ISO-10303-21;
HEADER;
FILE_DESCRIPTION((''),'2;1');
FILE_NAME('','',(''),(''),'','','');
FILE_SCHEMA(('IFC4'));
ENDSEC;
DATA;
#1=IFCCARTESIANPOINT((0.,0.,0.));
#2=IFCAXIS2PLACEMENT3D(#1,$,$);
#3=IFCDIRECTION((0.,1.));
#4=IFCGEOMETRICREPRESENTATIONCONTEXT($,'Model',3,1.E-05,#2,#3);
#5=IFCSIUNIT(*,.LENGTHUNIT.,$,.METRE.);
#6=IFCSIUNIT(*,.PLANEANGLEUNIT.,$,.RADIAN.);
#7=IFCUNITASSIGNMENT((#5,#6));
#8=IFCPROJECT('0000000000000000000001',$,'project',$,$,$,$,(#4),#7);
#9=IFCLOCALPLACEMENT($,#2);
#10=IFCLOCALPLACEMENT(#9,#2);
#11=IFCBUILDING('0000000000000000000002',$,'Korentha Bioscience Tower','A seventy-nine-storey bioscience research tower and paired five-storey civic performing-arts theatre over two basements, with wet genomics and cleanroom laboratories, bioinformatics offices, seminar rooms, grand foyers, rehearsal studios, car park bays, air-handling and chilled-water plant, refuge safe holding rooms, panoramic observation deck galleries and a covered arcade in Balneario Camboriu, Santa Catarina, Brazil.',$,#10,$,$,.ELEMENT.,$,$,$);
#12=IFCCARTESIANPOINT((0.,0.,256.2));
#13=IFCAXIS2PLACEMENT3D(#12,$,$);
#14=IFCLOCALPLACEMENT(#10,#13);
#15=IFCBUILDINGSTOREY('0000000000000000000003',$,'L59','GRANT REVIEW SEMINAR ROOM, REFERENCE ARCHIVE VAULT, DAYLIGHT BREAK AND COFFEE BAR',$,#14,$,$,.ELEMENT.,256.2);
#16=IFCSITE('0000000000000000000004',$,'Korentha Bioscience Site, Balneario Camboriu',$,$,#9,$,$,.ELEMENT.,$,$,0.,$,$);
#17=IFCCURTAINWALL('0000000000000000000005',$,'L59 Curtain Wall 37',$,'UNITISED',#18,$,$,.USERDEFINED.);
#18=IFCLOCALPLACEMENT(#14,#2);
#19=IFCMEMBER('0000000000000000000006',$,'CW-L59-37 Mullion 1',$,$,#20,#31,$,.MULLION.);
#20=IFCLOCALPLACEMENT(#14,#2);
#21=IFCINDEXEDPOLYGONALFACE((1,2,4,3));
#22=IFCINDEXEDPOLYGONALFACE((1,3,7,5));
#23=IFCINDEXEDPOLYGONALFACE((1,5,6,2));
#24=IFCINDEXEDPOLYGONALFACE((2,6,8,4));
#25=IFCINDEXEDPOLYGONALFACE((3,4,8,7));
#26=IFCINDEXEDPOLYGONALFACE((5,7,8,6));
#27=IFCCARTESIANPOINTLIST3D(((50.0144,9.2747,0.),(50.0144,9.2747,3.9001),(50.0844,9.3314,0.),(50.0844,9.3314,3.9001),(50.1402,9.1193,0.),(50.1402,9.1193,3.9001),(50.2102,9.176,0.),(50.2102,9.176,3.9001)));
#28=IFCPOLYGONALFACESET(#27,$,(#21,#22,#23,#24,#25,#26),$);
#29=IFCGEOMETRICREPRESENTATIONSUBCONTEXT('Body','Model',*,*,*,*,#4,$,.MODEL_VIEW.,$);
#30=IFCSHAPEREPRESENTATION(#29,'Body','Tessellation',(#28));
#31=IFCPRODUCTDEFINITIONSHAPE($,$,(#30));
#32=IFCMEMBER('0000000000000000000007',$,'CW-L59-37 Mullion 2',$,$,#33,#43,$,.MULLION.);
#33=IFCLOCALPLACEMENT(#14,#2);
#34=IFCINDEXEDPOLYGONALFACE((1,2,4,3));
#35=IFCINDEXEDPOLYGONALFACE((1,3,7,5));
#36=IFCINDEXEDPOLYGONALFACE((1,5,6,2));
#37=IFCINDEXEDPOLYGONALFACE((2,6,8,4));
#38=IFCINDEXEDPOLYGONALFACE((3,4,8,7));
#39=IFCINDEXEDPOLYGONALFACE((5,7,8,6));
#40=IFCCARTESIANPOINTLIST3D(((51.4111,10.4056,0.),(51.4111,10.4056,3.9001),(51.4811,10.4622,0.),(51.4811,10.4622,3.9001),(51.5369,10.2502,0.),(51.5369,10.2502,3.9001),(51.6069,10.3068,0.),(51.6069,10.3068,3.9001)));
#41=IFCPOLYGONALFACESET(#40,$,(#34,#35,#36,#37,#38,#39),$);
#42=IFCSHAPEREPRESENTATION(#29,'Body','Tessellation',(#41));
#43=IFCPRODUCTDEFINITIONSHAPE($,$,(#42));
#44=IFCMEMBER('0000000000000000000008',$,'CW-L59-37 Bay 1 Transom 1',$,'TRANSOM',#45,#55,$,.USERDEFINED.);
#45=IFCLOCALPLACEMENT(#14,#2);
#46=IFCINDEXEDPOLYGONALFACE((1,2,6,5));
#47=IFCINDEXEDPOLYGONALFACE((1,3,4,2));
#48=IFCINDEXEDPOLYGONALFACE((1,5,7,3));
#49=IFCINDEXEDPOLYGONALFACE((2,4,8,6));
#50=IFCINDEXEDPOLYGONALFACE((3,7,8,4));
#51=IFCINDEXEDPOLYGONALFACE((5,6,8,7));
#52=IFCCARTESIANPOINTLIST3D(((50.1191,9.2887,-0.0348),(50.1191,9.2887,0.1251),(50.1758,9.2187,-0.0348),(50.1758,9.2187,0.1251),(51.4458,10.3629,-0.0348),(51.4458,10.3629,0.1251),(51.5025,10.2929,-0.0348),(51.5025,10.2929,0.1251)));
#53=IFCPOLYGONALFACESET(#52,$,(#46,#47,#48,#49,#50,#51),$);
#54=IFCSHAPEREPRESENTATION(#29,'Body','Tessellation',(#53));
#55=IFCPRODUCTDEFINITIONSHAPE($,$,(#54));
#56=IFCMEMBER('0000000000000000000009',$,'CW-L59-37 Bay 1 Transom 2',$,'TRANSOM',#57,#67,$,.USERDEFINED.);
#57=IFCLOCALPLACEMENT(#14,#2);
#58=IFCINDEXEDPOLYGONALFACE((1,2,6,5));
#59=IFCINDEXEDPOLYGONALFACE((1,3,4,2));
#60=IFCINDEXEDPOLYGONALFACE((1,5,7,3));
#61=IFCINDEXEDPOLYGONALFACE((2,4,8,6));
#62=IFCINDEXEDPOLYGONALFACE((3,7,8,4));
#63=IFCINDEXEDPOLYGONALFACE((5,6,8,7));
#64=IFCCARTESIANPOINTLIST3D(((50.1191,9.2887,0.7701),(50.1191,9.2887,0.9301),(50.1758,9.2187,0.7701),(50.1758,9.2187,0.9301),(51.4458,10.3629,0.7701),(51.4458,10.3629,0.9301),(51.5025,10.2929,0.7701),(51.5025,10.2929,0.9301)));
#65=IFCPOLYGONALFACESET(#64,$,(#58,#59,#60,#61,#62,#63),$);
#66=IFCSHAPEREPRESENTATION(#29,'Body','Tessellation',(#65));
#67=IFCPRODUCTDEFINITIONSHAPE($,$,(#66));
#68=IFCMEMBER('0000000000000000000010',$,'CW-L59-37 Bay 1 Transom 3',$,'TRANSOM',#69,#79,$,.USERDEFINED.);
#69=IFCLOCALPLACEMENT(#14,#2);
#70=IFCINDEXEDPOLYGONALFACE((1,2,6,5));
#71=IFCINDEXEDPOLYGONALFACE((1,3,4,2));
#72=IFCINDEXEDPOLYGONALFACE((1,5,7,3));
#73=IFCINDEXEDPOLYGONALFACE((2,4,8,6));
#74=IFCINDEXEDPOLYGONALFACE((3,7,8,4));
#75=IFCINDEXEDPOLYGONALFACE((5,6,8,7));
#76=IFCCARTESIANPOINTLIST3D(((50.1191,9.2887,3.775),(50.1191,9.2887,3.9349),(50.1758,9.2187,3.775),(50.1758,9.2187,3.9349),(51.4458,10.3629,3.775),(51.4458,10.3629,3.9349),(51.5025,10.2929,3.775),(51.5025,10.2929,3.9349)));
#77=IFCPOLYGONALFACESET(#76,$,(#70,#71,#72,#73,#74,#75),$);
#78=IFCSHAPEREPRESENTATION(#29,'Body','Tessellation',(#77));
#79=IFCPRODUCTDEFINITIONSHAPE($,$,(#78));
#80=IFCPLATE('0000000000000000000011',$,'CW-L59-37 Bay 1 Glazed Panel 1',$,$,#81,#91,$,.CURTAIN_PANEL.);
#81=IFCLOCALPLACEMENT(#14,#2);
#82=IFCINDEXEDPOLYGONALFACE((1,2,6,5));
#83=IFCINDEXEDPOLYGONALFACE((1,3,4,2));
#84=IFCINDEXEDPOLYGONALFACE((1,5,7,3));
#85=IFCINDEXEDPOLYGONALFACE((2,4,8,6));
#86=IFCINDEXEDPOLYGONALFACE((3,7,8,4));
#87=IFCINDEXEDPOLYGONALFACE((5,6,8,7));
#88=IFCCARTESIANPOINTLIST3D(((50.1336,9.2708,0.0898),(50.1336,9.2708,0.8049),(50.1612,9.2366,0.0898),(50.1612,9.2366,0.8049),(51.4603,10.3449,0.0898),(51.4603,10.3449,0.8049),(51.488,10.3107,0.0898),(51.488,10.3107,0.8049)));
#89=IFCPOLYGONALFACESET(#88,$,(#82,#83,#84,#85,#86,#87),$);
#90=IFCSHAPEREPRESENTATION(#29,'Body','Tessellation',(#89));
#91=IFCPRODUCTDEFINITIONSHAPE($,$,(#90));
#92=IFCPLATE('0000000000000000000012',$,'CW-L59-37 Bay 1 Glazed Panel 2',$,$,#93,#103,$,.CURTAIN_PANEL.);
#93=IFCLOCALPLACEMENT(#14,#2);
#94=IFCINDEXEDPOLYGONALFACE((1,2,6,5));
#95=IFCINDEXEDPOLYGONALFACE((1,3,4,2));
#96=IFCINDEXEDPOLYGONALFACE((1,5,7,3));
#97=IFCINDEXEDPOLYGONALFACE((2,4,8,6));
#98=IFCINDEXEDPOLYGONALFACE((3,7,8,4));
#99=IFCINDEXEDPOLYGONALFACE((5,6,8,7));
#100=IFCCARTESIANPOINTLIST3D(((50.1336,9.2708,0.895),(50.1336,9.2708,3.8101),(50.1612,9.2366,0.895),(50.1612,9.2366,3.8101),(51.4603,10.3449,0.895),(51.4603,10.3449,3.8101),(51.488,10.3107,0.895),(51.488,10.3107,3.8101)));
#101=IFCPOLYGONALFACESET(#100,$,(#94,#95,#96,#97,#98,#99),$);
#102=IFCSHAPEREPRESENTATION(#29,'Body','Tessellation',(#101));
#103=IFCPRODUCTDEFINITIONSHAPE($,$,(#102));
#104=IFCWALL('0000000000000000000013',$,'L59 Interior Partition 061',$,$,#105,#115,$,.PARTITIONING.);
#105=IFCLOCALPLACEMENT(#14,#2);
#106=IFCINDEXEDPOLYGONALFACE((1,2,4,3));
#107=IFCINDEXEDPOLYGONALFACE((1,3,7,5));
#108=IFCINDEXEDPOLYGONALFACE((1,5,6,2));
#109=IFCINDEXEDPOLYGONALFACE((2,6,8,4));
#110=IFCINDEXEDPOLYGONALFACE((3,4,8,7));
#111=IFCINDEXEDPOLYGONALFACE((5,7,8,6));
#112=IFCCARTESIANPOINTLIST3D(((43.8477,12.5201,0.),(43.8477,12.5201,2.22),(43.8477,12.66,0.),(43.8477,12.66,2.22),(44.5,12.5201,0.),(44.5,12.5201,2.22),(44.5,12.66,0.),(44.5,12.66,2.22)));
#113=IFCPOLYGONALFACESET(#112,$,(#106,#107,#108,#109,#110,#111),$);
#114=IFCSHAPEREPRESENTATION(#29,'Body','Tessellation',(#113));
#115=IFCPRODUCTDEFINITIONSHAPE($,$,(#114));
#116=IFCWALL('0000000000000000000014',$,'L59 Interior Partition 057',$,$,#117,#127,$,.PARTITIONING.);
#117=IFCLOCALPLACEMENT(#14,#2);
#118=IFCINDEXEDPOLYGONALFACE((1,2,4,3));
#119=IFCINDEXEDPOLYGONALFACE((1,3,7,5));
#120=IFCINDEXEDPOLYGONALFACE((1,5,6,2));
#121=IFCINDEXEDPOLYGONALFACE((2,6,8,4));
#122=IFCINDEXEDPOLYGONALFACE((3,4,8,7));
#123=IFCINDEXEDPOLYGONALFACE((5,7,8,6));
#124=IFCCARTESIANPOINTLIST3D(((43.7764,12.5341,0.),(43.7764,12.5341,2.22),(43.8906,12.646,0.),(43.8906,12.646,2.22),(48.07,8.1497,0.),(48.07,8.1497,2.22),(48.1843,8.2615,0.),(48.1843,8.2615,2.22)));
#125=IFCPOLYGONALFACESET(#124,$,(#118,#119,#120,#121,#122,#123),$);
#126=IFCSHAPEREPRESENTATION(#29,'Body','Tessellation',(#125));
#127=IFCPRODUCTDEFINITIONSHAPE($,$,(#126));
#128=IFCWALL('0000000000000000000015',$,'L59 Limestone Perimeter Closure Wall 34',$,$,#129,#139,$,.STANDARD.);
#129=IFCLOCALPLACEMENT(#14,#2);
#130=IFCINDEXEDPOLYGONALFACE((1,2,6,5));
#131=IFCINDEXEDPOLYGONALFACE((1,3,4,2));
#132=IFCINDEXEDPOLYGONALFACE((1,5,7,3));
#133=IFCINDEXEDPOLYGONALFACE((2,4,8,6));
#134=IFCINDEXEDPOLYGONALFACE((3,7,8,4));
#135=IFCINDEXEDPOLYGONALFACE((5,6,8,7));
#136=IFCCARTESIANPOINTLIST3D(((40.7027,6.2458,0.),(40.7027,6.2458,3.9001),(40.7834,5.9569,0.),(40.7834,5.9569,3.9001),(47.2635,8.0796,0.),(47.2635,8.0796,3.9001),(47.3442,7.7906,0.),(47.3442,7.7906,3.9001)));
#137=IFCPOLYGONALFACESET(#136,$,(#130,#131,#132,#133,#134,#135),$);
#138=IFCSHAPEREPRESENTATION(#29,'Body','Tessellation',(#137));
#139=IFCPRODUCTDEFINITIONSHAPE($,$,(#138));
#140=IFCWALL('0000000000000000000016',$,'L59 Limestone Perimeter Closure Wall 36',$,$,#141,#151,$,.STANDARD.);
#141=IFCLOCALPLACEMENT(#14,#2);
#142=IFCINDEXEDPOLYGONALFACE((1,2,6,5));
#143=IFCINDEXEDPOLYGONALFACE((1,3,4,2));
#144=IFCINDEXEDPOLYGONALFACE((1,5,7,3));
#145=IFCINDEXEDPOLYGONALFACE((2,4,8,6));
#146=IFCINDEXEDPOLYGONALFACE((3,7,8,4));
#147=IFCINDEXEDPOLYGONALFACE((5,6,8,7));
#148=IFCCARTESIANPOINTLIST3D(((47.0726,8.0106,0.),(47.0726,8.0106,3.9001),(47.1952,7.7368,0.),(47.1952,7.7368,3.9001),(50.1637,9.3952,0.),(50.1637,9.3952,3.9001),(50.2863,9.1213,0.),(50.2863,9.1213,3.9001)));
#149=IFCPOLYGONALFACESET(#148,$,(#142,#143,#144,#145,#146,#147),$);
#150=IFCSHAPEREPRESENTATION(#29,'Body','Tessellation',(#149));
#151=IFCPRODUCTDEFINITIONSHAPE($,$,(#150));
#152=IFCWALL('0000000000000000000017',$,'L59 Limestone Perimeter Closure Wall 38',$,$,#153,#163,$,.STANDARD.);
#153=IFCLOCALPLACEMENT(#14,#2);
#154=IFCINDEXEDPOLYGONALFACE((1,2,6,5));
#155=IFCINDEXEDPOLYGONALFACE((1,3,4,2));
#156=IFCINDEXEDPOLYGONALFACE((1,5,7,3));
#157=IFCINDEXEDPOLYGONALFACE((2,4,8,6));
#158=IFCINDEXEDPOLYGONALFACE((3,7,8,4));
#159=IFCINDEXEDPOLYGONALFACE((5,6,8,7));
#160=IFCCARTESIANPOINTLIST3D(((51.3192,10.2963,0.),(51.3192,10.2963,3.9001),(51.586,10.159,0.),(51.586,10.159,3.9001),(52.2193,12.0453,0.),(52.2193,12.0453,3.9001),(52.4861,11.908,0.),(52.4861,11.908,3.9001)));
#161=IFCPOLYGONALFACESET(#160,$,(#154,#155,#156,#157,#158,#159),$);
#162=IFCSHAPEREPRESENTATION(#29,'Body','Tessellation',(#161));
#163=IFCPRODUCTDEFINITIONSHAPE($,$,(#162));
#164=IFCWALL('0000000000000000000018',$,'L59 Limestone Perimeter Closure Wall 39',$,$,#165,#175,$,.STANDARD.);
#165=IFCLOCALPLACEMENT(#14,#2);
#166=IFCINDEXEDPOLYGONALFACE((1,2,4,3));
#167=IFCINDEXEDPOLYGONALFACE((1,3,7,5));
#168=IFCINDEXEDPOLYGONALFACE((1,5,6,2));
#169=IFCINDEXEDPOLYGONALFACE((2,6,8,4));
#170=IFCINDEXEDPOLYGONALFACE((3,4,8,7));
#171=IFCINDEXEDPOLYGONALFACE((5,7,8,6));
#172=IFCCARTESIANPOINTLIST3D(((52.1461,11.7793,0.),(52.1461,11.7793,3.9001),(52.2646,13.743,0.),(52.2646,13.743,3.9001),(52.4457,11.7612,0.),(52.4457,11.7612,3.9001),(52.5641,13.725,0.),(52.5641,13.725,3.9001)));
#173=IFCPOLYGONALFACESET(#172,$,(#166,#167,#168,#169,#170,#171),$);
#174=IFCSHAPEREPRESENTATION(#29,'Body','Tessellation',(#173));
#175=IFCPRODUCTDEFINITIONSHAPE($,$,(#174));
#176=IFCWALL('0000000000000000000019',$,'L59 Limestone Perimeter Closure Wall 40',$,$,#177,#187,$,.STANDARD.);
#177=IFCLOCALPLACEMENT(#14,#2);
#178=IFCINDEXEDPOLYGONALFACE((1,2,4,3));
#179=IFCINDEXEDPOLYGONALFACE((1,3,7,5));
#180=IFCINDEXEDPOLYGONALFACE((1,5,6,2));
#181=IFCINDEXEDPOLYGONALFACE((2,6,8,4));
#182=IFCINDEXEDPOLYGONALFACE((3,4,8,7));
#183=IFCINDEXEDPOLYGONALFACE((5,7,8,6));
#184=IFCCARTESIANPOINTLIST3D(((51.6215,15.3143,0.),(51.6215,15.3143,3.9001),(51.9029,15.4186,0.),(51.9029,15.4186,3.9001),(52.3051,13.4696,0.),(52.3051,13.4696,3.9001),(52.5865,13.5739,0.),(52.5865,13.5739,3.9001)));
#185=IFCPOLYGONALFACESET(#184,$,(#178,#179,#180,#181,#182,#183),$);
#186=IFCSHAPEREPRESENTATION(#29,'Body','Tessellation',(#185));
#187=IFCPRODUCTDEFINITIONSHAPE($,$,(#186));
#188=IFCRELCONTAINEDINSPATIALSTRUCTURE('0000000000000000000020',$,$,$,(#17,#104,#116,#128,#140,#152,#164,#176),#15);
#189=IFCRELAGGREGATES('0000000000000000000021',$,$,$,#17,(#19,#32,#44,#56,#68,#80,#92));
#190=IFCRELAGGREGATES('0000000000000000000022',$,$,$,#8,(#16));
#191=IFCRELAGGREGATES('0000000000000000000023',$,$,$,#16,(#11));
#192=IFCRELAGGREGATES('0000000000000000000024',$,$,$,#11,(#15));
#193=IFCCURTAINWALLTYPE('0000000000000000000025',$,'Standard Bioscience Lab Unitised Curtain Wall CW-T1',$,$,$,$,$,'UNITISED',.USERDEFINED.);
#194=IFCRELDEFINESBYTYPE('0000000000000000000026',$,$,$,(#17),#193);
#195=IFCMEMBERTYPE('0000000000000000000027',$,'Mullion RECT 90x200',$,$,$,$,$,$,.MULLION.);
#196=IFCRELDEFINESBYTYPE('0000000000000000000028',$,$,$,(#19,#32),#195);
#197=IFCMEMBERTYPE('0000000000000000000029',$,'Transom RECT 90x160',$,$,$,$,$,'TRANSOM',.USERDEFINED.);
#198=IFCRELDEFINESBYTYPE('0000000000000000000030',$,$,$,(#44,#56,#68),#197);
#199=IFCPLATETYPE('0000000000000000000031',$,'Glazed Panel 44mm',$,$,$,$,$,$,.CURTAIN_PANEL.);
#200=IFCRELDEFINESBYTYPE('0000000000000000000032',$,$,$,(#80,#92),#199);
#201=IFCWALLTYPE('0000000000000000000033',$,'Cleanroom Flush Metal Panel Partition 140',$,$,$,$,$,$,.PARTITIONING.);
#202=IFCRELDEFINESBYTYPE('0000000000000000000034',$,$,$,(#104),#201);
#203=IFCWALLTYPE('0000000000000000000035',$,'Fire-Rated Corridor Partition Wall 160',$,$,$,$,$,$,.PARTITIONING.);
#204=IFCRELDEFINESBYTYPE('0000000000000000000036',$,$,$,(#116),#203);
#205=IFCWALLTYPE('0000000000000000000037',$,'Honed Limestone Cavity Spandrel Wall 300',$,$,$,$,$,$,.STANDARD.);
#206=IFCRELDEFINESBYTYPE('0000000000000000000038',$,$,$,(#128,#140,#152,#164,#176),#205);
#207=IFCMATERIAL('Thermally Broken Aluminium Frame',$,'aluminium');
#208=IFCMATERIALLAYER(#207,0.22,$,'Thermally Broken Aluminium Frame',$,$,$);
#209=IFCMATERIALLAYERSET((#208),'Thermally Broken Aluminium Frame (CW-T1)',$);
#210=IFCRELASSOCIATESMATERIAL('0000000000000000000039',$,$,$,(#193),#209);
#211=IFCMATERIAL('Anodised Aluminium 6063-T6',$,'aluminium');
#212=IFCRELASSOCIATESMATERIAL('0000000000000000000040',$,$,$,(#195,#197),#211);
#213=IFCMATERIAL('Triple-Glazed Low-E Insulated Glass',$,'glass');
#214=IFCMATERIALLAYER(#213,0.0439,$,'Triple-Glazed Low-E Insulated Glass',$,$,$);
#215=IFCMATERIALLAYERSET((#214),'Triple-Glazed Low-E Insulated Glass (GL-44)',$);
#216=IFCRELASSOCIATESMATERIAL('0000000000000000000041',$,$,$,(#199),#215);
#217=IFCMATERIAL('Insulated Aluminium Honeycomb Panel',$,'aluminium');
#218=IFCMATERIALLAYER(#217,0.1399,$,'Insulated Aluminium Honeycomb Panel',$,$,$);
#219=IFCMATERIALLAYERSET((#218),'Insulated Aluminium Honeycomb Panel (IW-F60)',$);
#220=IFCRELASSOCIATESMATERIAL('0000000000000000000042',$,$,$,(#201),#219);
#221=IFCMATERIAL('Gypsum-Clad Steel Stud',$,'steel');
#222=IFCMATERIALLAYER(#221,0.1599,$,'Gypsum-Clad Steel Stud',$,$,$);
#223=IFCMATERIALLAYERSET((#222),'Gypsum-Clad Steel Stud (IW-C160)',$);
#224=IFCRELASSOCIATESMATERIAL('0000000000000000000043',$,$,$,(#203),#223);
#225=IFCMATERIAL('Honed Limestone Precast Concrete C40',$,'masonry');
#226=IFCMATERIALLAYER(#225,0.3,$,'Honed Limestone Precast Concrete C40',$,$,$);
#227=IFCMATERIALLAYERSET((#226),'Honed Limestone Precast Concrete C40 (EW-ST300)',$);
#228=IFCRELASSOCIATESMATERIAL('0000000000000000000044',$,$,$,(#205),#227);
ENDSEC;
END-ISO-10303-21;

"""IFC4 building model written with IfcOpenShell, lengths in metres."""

from ifc_helpers import new_model, si_unit, direction, frame, frame_2d, origin, origin_2d, place, context, subcontext, project, spatial, rectangle, extrude, material, layer, layer_set, material_profile, profile_set, type_object, element, aggregate, save


model = new_model("IFC4")

# Units and contexts
model_context = context("Model", 3, precision=1e-05, world=origin(), true_north=direction((0.0, 1.0)))
body_context = subcontext(model_context, "Body", "Model", "MODEL_VIEW")
ifc_project = project(units=[si_unit("LENGTHUNIT", "METRE"), si_unit("PLANEANGLEUNIT", "RADIAN")], contexts=[model_context])

# Site, building, storey
site_placement = place(None, origin())
site = spatial("IfcSite", under=ifc_project, at=site_placement, Name="Korentha Bioscience Site, Balneario Camboriu", CompositionType="ELEMENT", RefElevation=0.0)
building_placement = place(site_placement, origin())
building = spatial("IfcBuilding", under=site, at=building_placement, Name="Korentha Bioscience Tower", Description="A seventy-nine-storey bioscience research tower and paired five-storey civic performing-arts theatre over two basements, with wet genomics and cleanroom laboratories, bioinformatics offices, seminar rooms, grand foyers, rehearsal studios, car park bays, air-handling and chilled-water plant, refuge safe holding rooms, panoramic observation deck galleries and a covered arcade in Balneario Camboriu, Santa Catarina, Brazil.", CompositionType="ELEMENT")
storey_placement = place(building_placement, frame((0.0, 0.0, 256.2)))
storey = spatial("IfcBuildingStorey", under=building, at=storey_placement, Name="L59", Description="GRANT REVIEW SEMINAR ROOM, REFERENCE ARCHIVE VAULT, DAYLIGHT BREAK AND COFFEE BAR", CompositionType="ELEMENT", Elevation=256.2)

# Curtain wall, members, plates
ifc_material_1 = material(Name="Thermally Broken Aluminium Frame", Category="aluminium")
ifc_layer_1 = layer(ifc_material_1, 0.22, Name="Thermally Broken Aluminium Frame")
ifc_layer_set_1 = layer_set([ifc_layer_1], Name="Thermally Broken Aluminium Frame (CW-T1)")
curtain_wall_type = type_object("IfcCurtainWallType", Name="Standard Bioscience Lab Unitised Curtain Wall CW-T1", ElementType="UNITISED", PredefinedType="USERDEFINED", material=ifc_layer_set_1)
curtain_wall_placement = place(storey_placement, origin())
curtain_wall = element("IfcCurtainWall", 1, at=curtain_wall_placement, inside=storey, type_object=curtain_wall_type, Name="L59 Curtain Wall 37", ObjectType="UNITISED", PredefinedType="USERDEFINED")
ifc_material_2 = material(Name="Anodised Aluminium 6063-T6", Category="aluminium")
ifc_material_profile_1 = material_profile(ifc_material_2, rectangle(XDim=0.0901, YDim=0.2, at=origin_2d()), Name="Anodised Aluminium 6063-T6")
ifc_profile_set_1 = profile_set([ifc_material_profile_1], Name="Anodised Aluminium 6063-T6 (CW-MUL)")
member_type_1 = type_object("IfcMemberType", Name="Mullion RECT 90x200", PredefinedType="MULLION", material=ifc_profile_set_1)
member_1_placement = place(storey_placement, frame((50.1123, 9.2253, 0.0), z_axis=(0.0, 0.0, 1.0), x_axis=(0.777226, 0.629221, 0.0)))
member_1 = element("IfcMember", 2, at=member_1_placement, type_object=member_type_1, Name="CW-L59-37 Mullion 1", PredefinedType="MULLION", context=body_context, shape_type="SweptSolid", body=[
    extrude(rectangle(XDim=0.0901, YDim=0.2, at=origin_2d()), origin(), (0.0, 0.0, 1.0), 3.9001),
])
member_2_placement = place(storey_placement, frame((51.509, 10.3562, 0.0), z_axis=(0.0, 0.0, 1.0), x_axis=(0.777226, 0.629221, 0.0)))
member_2 = element("IfcMember", 3, at=member_2_placement, type_object=member_type_1, Name="CW-L59-37 Mullion 2", PredefinedType="MULLION", context=body_context, shape_type="SweptSolid", body=[
    extrude(rectangle(XDim=0.0901, YDim=0.2, at=origin_2d()), origin(), (0.0, 0.0, 1.0), 3.9001),
])
ifc_material_profile_2 = material_profile(ifc_material_2, rectangle(XDim=0.0901, YDim=0.1599, at=origin_2d()), Name="Anodised Aluminium 6063-T6")
ifc_profile_set_2 = profile_set([ifc_material_profile_2], Name="Anodised Aluminium 6063-T6 (CW-TRN)")
member_type_2 = type_object("IfcMemberType", Name="Transom RECT 90x160", ElementType="TRANSOM", PredefinedType="USERDEFINED", material=ifc_profile_set_2)
member_3_placement = place(storey_placement, frame((50.1475, 9.2537, 0.0452), z_axis=(0.777172, 0.629289, 0.0), x_axis=(-0.629289, 0.777172, 0.0)))
member_3 = element("IfcMember", 4, at=member_3_placement, type_object=member_type_2, Name="CW-L59-37 Bay 1 Transom 1", ObjectType="TRANSOM", PredefinedType="USERDEFINED", context=body_context, shape_type="SweptSolid", body=[
    extrude(rectangle(XDim=0.0901, YDim=0.1599, at=origin_2d()), origin(), (0.0, 0.0, 1.0), 1.707),
])
member_4_placement = place(storey_placement, frame((50.1475, 9.2537, 0.8501), z_axis=(0.777172, 0.629289, 0.0), x_axis=(-0.629289, 0.777172, 0.0)))
member_4 = element("IfcMember", 5, at=member_4_placement, type_object=member_type_2, Name="CW-L59-37 Bay 1 Transom 2", ObjectType="TRANSOM", PredefinedType="USERDEFINED", context=body_context, shape_type="SweptSolid", body=[
    extrude(rectangle(XDim=0.0901, YDim=0.1599, at=origin_2d()), origin(), (0.0, 0.0, 1.0), 1.707),
])
member_5_placement = place(storey_placement, frame((50.1475, 9.2537, 3.855), z_axis=(0.777172, 0.629289, 0.0), x_axis=(-0.629289, 0.777172, 0.0)))
member_5 = element("IfcMember", 6, at=member_5_placement, type_object=member_type_2, Name="CW-L59-37 Bay 1 Transom 3", ObjectType="TRANSOM", PredefinedType="USERDEFINED", context=body_context, shape_type="SweptSolid", body=[
    extrude(rectangle(XDim=0.0901, YDim=0.1599, at=origin_2d()), origin(), (0.0, 0.0, 1.0), 1.707),
])
ifc_material_3 = material(Name="Triple-Glazed Low-E Insulated Glass", Category="glass")
ifc_layer_2 = layer(ifc_material_3, 0.0439, Name="Triple-Glazed Low-E Insulated Glass")
ifc_layer_set_2 = layer_set([ifc_layer_2], Name="Triple-Glazed Low-E Insulated Glass (GL-44)")
plate_type = type_object("IfcPlateType", Name="Glazed Panel 44mm", PredefinedType="CURTAIN_PANEL", material=ifc_layer_set_2)
plate_1_placement = place(storey_placement, frame((50.8108, 9.7908, 0.0898), z_axis=(0.0, 0.0, 1.0), x_axis=(0.777226, 0.629221, 0.0)))
plate_1 = element("IfcPlate", 7, at=plate_1_placement, type_object=plate_type, Name="CW-L59-37 Bay 1 Glazed Panel 1", PredefinedType="CURTAIN_PANEL", context=body_context, shape_type="SweptSolid", body=[
    extrude(rectangle(XDim=1.707, YDim=0.0439, at=origin_2d()), origin(), (0.0, 0.0, 1.0), 0.7151),
])
plate_2_placement = place(storey_placement, frame((50.8108, 9.7908, 0.895), z_axis=(0.0, 0.0, 1.0), x_axis=(0.777226, 0.629221, 0.0)))
plate_2 = element("IfcPlate", 8, at=plate_2_placement, type_object=plate_type, Name="CW-L59-37 Bay 1 Glazed Panel 2", PredefinedType="CURTAIN_PANEL", context=body_context, shape_type="SweptSolid", body=[
    extrude(rectangle(XDim=1.707, YDim=0.0439, at=origin_2d()), origin(), (0.0, 0.0, 1.0), 2.915),
])
aggregate(curtain_wall, [member_1, member_2, member_3, member_4, member_5, plate_1, plate_2])

# Shared definitions
ifc_material_4 = material(Name="Insulated Aluminium Honeycomb Panel", Category="aluminium")
ifc_layer_3 = layer(ifc_material_4, 0.1399, Name="Insulated Aluminium Honeycomb Panel")
ifc_layer_set_3 = layer_set([ifc_layer_3], Name="Insulated Aluminium Honeycomb Panel (IW-F60)")
wall_type_1 = type_object("IfcWallType", Name="Cleanroom Flush Metal Panel Partition 140", PredefinedType="PARTITIONING", material=ifc_layer_set_3)

# Walls
wall_1_placement = place(storey_placement, frame((43.8477, 12.5901, 0.0), z_axis=(0.0, 0.0, 1.0), x_axis=(1.0, 0.0, 0.0)))
element("IfcWall", 9, at=wall_1_placement, inside=storey, type_object=wall_type_1, Name="L59 Interior Partition 061", PredefinedType="PARTITIONING", context=body_context, shape_type="SweptSolid", body=[
    extrude(rectangle(XDim=0.6523, YDim=0.1399, at=frame_2d((0.3262, 0.0))), origin(), (0.0, 0.0, 1.0), 2.22),
])
ifc_material_5 = material(Name="Gypsum-Clad Steel Stud", Category="steel")
ifc_layer_4 = layer(ifc_material_5, 0.1599, Name="Gypsum-Clad Steel Stud")
ifc_layer_set_4 = layer_set([ifc_layer_4], Name="Gypsum-Clad Steel Stud (IW-C160)")
wall_type_2 = type_object("IfcWallType", Name="Fire-Rated Corridor Partition Wall 160", PredefinedType="PARTITIONING", material=ifc_layer_set_4)
wall_2_placement = place(storey_placement, frame((43.8335, 12.5901, 0.0), z_axis=(0.0, 0.0, 1.0), x_axis=(0.699668, -0.714468, 0.0)))
element("IfcWall", 10, at=wall_2_placement, inside=storey, type_object=wall_type_2, Name="L59 Interior Partition 057", PredefinedType="PARTITIONING", context=body_context, shape_type="SweptSolid", body=[
    extrude(rectangle(XDim=6.1367, YDim=0.1599, at=frame_2d((3.0684, 0.0))), origin(), (0.0, 0.0, 1.0), 2.22),
])
ifc_material_6 = material(Name="Honed Limestone Precast Concrete C40", Category="masonry")
ifc_layer_5 = layer(ifc_material_6, 0.3, Name="Honed Limestone Precast Concrete C40")
ifc_layer_set_5 = layer_set([ifc_layer_5], Name="Honed Limestone Precast Concrete C40 (EW-ST300)")
wall_type_3 = type_object("IfcWallType", Name="Honed Limestone Cavity Spandrel Wall 300", PredefinedType="STANDARD", material=ifc_layer_set_5)
wall_3_placement = place(storey_placement, frame((40.7429, 6.1013, 0.0), z_axis=(0.0, 0.0, 1.0), x_axis=(0.963089, 0.269183, 0.0)))
element("IfcWall", 11, at=wall_3_placement, inside=storey, type_object=wall_type_3, Name="L59 Limestone Perimeter Closure Wall 34", PredefinedType="STANDARD", context=body_context, shape_type="SweptSolid", body=[
    extrude(rectangle(XDim=6.8123, YDim=0.3, at=frame_2d((3.4062, 0.0))), origin(), (0.0, 0.0, 1.0), 3.9001),
])
wall_4_placement = place(storey_placement, frame((47.134, 7.8738, 0.0), z_axis=(0.0, 0.0, 1.0), x_axis=(0.912634, 0.408779, 0.0)))
element("IfcWall", 12, at=wall_4_placement, inside=storey, type_object=wall_type_3, Name="L59 Limestone Perimeter Closure Wall 36", PredefinedType="STANDARD", context=body_context, shape_type="SweptSolid", body=[
    extrude(rectangle(XDim=3.387, YDim=0.3, at=frame_2d((1.6934, 0.0))), origin(), (0.0, 0.0, 1.0), 3.9001),
])
wall_5_placement = place(storey_placement, frame((51.4526, 10.2278, 0.0), z_axis=(0.0, 0.0, 1.0), x_axis=(0.457609, 0.889154, 0.0)))
element("IfcWall", 13, at=wall_5_placement, inside=storey, type_object=wall_type_3, Name="L59 Limestone Perimeter Closure Wall 38", PredefinedType="STANDARD", context=body_context, shape_type="SweptSolid", body=[
    extrude(rectangle(XDim=1.967, YDim=0.3, at=frame_2d((0.9834, 0.0))), origin(), (0.0, 0.0, 1.0), 3.9001),
])
for number, where, z_axis, x_axis, name in (
    (14, (52.2959, 11.7703, 0.0), (0.0, 0.0, 1.0), (0.060192, 0.998187, 0.0), "L59 Limestone Perimeter Closure Wall 39"),
    (15, (52.4458, 13.5217, 0.0), (0.0, 0.0, 1.0), (-0.347476, 0.937689, 0.0), "L59 Limestone Perimeter Closure Wall 40"),
):
    element("IfcWall", number, at=place(storey_placement, frame(where, z_axis=z_axis, x_axis=x_axis)), inside=storey, type_object=wall_type_3, Name=name, PredefinedType="STANDARD", context=body_context, shape_type="SweptSolid", body=[
        extrude(rectangle(XDim=1.9673, YDim=0.3, at=frame_2d((0.9836, 0.0))), origin(), (0.0, 0.0, 1.0), 3.9001),
    ])

save(model, "model.ifc")
